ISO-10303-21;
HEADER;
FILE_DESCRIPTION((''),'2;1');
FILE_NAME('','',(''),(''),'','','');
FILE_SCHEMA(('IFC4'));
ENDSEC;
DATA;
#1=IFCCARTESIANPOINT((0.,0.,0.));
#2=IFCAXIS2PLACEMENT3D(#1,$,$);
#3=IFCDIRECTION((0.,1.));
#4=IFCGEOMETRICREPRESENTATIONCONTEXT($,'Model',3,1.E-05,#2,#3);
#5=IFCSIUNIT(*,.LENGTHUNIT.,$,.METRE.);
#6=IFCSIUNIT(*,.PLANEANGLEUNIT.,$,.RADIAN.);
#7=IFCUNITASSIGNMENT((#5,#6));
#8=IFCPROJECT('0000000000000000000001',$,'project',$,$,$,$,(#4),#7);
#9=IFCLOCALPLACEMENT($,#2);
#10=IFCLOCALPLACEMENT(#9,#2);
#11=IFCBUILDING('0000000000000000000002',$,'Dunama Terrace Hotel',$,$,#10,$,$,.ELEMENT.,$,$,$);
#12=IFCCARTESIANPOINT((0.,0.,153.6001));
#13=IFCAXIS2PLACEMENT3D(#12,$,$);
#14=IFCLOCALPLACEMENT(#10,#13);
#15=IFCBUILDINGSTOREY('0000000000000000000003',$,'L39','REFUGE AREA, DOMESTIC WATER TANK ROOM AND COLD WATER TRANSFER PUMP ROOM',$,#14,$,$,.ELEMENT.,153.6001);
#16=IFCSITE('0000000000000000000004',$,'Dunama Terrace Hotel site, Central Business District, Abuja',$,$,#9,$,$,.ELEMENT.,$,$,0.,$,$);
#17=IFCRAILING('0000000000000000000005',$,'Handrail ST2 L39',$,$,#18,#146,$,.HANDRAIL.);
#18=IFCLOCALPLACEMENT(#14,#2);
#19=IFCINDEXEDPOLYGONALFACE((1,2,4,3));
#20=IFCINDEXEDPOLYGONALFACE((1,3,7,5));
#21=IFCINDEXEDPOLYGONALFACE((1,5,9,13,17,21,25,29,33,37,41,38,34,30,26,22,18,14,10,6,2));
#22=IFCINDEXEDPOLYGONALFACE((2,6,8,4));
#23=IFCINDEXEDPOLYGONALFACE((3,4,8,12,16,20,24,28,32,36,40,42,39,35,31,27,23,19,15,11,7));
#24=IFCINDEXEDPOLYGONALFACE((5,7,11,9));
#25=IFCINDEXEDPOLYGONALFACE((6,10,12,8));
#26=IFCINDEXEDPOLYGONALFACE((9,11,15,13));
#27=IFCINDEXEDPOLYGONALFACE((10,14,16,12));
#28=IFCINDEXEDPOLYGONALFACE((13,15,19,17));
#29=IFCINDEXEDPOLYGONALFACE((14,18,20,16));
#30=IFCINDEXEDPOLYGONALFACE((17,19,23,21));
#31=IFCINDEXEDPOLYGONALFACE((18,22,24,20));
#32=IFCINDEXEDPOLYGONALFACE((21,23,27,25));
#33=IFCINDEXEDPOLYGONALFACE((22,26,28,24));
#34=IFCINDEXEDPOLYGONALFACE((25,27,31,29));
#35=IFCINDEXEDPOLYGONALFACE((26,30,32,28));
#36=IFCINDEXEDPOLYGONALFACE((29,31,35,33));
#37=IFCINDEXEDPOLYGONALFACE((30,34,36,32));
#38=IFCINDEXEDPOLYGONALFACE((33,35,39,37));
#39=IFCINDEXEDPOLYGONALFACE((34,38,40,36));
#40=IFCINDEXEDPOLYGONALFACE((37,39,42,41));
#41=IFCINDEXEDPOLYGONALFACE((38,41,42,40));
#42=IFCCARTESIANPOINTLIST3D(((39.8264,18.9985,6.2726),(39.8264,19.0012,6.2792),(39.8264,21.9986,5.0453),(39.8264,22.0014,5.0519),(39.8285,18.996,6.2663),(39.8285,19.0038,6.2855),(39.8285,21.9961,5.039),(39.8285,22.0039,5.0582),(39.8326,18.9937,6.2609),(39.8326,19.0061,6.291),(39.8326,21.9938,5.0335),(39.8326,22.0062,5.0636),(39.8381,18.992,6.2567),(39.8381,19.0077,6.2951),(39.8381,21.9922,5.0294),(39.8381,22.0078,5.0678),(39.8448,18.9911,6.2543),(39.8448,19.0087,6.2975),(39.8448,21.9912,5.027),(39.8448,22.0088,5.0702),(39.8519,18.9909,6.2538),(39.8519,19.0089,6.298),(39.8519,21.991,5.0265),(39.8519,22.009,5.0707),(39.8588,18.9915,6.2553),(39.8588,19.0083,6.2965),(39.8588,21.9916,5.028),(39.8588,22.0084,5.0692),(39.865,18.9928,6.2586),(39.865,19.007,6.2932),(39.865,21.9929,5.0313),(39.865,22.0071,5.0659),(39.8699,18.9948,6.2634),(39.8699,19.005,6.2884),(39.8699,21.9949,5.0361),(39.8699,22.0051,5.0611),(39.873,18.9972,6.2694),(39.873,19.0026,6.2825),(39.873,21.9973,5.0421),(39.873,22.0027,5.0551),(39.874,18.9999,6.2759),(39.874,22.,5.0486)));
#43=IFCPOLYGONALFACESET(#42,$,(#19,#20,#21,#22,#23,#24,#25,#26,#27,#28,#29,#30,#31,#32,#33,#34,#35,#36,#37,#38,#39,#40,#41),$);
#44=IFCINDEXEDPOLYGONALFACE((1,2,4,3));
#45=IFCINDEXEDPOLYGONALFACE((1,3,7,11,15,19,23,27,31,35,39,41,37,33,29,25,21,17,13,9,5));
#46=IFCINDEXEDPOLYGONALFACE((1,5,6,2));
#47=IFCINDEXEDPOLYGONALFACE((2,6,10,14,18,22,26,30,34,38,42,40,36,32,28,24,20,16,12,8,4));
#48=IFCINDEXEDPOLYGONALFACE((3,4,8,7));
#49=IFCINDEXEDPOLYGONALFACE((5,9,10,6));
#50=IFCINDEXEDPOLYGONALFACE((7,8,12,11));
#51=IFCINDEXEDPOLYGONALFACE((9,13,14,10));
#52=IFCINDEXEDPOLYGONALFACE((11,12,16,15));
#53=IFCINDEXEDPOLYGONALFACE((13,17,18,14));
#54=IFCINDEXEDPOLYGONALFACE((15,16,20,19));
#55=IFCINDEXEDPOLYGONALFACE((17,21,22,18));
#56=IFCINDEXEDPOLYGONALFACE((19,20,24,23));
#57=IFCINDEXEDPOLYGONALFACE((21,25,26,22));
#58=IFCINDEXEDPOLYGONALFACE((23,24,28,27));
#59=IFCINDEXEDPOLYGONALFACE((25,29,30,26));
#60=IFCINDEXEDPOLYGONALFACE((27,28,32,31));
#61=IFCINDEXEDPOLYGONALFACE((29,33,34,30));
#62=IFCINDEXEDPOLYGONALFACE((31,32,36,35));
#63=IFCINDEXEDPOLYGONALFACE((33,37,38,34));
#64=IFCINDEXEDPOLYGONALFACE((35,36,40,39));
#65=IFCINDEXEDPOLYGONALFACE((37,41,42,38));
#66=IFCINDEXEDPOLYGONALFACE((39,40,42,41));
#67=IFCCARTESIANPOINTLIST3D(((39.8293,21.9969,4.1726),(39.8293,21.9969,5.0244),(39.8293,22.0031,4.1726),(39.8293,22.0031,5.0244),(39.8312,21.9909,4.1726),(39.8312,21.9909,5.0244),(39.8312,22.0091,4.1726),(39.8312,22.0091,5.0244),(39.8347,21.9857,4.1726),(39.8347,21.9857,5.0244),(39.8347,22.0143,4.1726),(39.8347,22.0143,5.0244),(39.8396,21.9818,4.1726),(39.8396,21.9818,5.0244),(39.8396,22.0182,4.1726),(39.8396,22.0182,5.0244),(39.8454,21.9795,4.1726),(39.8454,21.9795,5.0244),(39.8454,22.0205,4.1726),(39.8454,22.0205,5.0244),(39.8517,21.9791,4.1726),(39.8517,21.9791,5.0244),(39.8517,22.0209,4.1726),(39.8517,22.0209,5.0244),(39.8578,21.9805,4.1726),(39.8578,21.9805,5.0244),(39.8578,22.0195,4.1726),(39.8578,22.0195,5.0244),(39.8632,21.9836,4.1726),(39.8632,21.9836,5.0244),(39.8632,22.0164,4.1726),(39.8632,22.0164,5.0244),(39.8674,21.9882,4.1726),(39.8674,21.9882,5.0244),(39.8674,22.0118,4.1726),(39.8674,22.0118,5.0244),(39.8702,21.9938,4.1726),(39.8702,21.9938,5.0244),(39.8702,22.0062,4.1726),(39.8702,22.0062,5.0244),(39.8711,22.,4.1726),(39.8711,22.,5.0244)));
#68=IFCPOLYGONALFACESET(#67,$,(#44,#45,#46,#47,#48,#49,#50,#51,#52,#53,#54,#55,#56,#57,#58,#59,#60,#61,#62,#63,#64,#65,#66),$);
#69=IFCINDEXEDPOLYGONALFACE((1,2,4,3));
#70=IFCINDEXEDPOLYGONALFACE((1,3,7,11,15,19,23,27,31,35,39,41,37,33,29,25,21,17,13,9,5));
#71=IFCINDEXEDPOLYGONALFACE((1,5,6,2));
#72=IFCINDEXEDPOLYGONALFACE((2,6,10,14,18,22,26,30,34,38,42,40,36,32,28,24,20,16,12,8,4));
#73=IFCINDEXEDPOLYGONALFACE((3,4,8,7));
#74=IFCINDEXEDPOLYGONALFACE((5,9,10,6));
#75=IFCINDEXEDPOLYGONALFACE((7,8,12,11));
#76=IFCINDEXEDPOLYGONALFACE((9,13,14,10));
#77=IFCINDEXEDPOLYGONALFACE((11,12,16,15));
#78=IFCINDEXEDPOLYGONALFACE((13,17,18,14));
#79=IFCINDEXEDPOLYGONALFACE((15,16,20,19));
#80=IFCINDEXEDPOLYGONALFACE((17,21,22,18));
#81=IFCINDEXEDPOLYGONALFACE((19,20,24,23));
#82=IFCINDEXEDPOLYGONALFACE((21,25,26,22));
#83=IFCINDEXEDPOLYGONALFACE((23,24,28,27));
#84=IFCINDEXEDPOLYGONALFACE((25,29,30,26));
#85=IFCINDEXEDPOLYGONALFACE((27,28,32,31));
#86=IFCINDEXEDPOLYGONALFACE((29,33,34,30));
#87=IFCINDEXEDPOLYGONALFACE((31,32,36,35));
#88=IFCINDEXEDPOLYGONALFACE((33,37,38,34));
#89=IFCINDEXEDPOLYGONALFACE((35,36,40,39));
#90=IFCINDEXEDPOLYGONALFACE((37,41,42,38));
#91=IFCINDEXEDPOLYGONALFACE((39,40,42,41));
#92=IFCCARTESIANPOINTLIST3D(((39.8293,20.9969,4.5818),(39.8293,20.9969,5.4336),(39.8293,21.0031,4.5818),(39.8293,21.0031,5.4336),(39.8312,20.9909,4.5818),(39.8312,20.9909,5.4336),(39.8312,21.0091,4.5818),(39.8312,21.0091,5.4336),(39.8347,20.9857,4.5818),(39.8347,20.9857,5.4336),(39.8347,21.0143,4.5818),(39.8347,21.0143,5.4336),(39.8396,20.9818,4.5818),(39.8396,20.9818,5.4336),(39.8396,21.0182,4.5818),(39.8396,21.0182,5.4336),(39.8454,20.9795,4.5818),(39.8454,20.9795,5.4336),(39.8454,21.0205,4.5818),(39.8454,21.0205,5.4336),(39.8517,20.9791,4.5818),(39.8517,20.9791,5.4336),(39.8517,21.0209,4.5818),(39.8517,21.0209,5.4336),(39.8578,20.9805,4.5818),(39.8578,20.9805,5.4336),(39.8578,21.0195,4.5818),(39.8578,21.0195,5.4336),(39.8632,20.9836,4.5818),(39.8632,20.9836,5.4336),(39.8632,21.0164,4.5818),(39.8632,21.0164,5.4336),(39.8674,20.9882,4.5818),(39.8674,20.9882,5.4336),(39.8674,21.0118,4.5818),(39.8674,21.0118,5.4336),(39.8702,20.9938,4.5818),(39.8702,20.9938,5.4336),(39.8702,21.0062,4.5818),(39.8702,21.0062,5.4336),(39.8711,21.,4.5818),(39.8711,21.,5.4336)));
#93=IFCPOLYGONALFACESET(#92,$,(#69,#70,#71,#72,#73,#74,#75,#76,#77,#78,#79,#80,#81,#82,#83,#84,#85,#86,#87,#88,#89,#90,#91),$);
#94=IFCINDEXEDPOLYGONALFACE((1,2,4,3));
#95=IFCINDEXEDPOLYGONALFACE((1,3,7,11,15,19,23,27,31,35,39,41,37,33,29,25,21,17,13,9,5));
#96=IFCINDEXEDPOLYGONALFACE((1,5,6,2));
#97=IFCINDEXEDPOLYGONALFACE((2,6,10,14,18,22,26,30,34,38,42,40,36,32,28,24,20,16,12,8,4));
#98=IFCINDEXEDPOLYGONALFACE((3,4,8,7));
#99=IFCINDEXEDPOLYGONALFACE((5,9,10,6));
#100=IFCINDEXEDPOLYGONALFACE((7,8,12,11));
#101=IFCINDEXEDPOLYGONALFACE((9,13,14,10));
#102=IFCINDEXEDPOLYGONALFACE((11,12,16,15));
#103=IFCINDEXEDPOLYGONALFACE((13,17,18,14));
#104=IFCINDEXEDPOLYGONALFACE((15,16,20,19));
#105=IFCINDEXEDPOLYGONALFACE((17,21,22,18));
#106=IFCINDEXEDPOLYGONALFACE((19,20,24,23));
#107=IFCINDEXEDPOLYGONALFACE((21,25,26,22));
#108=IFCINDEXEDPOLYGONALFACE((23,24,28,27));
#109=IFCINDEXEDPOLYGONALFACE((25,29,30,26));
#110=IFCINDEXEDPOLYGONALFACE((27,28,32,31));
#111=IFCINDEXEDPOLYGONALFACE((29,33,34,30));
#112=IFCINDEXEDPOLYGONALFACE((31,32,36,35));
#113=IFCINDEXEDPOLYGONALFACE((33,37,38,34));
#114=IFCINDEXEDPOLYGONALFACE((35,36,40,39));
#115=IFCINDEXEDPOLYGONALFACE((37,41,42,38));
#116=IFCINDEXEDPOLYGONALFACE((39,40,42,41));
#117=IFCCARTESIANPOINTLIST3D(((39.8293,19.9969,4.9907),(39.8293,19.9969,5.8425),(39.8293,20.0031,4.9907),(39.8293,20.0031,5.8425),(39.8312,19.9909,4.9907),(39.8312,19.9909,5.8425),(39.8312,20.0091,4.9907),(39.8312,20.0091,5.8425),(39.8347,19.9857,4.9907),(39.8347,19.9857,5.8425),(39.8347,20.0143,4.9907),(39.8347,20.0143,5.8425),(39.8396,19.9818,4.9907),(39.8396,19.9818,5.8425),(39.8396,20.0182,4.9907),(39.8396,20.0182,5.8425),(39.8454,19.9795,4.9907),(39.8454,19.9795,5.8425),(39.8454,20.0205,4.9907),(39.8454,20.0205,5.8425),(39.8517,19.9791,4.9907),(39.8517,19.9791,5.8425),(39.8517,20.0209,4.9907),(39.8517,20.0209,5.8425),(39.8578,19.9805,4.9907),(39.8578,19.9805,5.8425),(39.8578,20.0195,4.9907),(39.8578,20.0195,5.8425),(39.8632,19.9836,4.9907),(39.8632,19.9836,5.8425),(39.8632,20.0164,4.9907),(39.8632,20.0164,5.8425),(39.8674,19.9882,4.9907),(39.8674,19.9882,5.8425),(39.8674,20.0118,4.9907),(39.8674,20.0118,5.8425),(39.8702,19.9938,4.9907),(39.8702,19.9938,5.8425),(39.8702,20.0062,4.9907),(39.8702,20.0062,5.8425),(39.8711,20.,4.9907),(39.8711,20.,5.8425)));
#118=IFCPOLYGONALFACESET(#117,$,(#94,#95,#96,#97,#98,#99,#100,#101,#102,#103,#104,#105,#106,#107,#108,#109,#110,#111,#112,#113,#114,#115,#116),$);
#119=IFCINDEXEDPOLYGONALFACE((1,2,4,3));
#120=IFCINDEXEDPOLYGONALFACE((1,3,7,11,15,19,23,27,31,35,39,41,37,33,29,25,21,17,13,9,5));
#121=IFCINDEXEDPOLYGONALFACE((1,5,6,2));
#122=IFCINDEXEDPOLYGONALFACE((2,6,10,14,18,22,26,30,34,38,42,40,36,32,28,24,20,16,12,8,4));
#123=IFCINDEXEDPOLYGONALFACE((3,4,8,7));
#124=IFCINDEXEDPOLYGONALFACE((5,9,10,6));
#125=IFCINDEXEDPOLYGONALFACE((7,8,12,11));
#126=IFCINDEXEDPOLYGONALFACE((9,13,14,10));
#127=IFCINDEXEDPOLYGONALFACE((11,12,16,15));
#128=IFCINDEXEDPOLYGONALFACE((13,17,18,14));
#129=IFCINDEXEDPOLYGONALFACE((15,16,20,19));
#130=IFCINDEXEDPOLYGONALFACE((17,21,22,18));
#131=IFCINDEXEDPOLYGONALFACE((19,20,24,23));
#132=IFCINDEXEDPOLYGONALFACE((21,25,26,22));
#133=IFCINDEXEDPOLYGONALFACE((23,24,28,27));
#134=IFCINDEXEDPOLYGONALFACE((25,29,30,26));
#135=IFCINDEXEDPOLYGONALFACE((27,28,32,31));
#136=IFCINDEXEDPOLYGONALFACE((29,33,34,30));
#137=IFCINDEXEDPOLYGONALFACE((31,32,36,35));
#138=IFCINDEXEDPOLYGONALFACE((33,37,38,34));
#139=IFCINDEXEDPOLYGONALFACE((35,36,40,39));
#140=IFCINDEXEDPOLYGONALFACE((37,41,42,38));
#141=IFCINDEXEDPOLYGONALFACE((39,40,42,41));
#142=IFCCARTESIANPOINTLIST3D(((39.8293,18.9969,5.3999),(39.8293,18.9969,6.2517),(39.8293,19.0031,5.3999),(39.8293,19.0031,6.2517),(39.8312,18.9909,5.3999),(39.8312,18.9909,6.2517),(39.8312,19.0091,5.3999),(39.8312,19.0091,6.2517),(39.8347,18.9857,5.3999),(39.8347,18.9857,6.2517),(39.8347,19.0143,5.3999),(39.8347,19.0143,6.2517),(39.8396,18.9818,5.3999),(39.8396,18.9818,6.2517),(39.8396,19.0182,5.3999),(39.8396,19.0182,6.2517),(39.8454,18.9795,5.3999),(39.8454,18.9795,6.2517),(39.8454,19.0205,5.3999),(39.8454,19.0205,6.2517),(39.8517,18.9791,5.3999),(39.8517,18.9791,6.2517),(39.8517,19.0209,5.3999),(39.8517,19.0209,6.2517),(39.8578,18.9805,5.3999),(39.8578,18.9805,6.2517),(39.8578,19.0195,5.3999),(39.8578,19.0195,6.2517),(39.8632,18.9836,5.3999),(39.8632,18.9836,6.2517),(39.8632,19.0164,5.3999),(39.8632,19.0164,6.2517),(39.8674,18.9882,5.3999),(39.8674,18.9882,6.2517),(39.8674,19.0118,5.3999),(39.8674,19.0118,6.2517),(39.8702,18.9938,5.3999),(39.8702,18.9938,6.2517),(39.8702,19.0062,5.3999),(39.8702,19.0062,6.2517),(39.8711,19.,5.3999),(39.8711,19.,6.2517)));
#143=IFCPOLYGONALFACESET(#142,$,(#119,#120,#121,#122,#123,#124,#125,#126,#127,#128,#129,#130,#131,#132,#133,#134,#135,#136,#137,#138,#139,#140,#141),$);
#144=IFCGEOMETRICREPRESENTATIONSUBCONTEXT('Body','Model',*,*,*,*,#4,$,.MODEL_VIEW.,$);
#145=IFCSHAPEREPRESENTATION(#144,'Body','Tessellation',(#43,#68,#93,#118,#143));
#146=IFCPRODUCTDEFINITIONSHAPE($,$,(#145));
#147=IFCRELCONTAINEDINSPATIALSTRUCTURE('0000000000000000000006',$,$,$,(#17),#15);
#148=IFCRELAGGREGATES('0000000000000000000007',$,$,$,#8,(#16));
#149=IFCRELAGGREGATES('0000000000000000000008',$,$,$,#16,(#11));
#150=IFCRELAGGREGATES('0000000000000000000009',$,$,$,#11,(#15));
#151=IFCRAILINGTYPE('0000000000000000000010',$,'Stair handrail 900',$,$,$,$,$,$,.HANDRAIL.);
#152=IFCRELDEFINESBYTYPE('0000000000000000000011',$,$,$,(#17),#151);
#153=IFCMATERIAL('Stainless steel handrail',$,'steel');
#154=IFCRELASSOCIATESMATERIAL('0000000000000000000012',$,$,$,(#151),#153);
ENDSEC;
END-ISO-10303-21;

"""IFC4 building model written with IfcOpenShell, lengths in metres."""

from ifc_helpers import new_model, si_unit, direction, frame, origin, origin_2d, place, context, subcontext, project, spatial, circle, extrude, material, type_object, element, save


model = new_model("IFC4")

# Units and contexts
model_context = context("Model", 3, precision=1e-05, world=origin(), true_north=direction((0.0, 1.0)))
body_context = subcontext(model_context, "Body", "Model", "MODEL_VIEW")
ifc_project = project(units=[si_unit("LENGTHUNIT", "METRE"), si_unit("PLANEANGLEUNIT", "RADIAN")], contexts=[model_context])

# Site, building, storey
site_placement = place(None, origin())
site = spatial("IfcSite", under=ifc_project, at=site_placement, Name="Dunama Terrace Hotel site, Central Business District, Abuja", CompositionType="ELEMENT", RefElevation=0.0)
building_placement = place(site_placement, origin())
building = spatial("IfcBuilding", under=site, at=building_placement, Name="Dunama Terrace Hotel", CompositionType="ELEMENT")
storey_placement = place(building_placement, frame((0.0, 0.0, 153.6001)))
storey = spatial("IfcBuildingStorey", under=building, at=storey_placement, Name="L39", Description="REFUGE AREA, DOMESTIC WATER TANK ROOM AND COLD WATER TRANSFER PUMP ROOM", CompositionType="ELEMENT", Elevation=153.6001)

# Railing
ifc_material_1 = material(Name="Stainless steel handrail", Category="steel")
railing_type = type_object("IfcRailingType", Name="Stair handrail 900", PredefinedType="HANDRAIL", material=ifc_material_1)
railing_1_placement = place(storey_placement, frame((39.8501, 22.0, 4.1726)))
element("IfcRailing", 1, at=railing_1_placement, inside=storey, type_object=railing_type, Name="Handrail ST2 L39", PredefinedType="HANDRAIL", context=body_context, shape_type="SweptSolid", body=[
    extrude(circle(Radius=0.0239, at=origin_2d()), frame((0.0, 0.0, 0.876), z_axis=(0.0, -0.925545, 0.378639), x_axis=(1.0, 0.0, 0.0)), (0.0, 0.0, 1.0), 3.2415),
    extrude(circle(Radius=0.021, at=origin_2d()), origin(), (0.0, 0.0, 1.0), 0.8518),
    extrude(circle(Radius=0.021, at=origin_2d()), frame((0.0, -1.0, 0.4092)), (0.0, 0.0, 1.0), 0.8518),
    extrude(circle(Radius=0.021, at=origin_2d()), frame((0.0, -2.0, 0.8181)), (0.0, 0.0, 1.0), 0.8518),
    extrude(circle(Radius=0.021, at=origin_2d()), frame((0.0, -3.0, 1.2273)), (0.0, 0.0, 1.0), 0.8518),
])

save(model, "model.ifc")
